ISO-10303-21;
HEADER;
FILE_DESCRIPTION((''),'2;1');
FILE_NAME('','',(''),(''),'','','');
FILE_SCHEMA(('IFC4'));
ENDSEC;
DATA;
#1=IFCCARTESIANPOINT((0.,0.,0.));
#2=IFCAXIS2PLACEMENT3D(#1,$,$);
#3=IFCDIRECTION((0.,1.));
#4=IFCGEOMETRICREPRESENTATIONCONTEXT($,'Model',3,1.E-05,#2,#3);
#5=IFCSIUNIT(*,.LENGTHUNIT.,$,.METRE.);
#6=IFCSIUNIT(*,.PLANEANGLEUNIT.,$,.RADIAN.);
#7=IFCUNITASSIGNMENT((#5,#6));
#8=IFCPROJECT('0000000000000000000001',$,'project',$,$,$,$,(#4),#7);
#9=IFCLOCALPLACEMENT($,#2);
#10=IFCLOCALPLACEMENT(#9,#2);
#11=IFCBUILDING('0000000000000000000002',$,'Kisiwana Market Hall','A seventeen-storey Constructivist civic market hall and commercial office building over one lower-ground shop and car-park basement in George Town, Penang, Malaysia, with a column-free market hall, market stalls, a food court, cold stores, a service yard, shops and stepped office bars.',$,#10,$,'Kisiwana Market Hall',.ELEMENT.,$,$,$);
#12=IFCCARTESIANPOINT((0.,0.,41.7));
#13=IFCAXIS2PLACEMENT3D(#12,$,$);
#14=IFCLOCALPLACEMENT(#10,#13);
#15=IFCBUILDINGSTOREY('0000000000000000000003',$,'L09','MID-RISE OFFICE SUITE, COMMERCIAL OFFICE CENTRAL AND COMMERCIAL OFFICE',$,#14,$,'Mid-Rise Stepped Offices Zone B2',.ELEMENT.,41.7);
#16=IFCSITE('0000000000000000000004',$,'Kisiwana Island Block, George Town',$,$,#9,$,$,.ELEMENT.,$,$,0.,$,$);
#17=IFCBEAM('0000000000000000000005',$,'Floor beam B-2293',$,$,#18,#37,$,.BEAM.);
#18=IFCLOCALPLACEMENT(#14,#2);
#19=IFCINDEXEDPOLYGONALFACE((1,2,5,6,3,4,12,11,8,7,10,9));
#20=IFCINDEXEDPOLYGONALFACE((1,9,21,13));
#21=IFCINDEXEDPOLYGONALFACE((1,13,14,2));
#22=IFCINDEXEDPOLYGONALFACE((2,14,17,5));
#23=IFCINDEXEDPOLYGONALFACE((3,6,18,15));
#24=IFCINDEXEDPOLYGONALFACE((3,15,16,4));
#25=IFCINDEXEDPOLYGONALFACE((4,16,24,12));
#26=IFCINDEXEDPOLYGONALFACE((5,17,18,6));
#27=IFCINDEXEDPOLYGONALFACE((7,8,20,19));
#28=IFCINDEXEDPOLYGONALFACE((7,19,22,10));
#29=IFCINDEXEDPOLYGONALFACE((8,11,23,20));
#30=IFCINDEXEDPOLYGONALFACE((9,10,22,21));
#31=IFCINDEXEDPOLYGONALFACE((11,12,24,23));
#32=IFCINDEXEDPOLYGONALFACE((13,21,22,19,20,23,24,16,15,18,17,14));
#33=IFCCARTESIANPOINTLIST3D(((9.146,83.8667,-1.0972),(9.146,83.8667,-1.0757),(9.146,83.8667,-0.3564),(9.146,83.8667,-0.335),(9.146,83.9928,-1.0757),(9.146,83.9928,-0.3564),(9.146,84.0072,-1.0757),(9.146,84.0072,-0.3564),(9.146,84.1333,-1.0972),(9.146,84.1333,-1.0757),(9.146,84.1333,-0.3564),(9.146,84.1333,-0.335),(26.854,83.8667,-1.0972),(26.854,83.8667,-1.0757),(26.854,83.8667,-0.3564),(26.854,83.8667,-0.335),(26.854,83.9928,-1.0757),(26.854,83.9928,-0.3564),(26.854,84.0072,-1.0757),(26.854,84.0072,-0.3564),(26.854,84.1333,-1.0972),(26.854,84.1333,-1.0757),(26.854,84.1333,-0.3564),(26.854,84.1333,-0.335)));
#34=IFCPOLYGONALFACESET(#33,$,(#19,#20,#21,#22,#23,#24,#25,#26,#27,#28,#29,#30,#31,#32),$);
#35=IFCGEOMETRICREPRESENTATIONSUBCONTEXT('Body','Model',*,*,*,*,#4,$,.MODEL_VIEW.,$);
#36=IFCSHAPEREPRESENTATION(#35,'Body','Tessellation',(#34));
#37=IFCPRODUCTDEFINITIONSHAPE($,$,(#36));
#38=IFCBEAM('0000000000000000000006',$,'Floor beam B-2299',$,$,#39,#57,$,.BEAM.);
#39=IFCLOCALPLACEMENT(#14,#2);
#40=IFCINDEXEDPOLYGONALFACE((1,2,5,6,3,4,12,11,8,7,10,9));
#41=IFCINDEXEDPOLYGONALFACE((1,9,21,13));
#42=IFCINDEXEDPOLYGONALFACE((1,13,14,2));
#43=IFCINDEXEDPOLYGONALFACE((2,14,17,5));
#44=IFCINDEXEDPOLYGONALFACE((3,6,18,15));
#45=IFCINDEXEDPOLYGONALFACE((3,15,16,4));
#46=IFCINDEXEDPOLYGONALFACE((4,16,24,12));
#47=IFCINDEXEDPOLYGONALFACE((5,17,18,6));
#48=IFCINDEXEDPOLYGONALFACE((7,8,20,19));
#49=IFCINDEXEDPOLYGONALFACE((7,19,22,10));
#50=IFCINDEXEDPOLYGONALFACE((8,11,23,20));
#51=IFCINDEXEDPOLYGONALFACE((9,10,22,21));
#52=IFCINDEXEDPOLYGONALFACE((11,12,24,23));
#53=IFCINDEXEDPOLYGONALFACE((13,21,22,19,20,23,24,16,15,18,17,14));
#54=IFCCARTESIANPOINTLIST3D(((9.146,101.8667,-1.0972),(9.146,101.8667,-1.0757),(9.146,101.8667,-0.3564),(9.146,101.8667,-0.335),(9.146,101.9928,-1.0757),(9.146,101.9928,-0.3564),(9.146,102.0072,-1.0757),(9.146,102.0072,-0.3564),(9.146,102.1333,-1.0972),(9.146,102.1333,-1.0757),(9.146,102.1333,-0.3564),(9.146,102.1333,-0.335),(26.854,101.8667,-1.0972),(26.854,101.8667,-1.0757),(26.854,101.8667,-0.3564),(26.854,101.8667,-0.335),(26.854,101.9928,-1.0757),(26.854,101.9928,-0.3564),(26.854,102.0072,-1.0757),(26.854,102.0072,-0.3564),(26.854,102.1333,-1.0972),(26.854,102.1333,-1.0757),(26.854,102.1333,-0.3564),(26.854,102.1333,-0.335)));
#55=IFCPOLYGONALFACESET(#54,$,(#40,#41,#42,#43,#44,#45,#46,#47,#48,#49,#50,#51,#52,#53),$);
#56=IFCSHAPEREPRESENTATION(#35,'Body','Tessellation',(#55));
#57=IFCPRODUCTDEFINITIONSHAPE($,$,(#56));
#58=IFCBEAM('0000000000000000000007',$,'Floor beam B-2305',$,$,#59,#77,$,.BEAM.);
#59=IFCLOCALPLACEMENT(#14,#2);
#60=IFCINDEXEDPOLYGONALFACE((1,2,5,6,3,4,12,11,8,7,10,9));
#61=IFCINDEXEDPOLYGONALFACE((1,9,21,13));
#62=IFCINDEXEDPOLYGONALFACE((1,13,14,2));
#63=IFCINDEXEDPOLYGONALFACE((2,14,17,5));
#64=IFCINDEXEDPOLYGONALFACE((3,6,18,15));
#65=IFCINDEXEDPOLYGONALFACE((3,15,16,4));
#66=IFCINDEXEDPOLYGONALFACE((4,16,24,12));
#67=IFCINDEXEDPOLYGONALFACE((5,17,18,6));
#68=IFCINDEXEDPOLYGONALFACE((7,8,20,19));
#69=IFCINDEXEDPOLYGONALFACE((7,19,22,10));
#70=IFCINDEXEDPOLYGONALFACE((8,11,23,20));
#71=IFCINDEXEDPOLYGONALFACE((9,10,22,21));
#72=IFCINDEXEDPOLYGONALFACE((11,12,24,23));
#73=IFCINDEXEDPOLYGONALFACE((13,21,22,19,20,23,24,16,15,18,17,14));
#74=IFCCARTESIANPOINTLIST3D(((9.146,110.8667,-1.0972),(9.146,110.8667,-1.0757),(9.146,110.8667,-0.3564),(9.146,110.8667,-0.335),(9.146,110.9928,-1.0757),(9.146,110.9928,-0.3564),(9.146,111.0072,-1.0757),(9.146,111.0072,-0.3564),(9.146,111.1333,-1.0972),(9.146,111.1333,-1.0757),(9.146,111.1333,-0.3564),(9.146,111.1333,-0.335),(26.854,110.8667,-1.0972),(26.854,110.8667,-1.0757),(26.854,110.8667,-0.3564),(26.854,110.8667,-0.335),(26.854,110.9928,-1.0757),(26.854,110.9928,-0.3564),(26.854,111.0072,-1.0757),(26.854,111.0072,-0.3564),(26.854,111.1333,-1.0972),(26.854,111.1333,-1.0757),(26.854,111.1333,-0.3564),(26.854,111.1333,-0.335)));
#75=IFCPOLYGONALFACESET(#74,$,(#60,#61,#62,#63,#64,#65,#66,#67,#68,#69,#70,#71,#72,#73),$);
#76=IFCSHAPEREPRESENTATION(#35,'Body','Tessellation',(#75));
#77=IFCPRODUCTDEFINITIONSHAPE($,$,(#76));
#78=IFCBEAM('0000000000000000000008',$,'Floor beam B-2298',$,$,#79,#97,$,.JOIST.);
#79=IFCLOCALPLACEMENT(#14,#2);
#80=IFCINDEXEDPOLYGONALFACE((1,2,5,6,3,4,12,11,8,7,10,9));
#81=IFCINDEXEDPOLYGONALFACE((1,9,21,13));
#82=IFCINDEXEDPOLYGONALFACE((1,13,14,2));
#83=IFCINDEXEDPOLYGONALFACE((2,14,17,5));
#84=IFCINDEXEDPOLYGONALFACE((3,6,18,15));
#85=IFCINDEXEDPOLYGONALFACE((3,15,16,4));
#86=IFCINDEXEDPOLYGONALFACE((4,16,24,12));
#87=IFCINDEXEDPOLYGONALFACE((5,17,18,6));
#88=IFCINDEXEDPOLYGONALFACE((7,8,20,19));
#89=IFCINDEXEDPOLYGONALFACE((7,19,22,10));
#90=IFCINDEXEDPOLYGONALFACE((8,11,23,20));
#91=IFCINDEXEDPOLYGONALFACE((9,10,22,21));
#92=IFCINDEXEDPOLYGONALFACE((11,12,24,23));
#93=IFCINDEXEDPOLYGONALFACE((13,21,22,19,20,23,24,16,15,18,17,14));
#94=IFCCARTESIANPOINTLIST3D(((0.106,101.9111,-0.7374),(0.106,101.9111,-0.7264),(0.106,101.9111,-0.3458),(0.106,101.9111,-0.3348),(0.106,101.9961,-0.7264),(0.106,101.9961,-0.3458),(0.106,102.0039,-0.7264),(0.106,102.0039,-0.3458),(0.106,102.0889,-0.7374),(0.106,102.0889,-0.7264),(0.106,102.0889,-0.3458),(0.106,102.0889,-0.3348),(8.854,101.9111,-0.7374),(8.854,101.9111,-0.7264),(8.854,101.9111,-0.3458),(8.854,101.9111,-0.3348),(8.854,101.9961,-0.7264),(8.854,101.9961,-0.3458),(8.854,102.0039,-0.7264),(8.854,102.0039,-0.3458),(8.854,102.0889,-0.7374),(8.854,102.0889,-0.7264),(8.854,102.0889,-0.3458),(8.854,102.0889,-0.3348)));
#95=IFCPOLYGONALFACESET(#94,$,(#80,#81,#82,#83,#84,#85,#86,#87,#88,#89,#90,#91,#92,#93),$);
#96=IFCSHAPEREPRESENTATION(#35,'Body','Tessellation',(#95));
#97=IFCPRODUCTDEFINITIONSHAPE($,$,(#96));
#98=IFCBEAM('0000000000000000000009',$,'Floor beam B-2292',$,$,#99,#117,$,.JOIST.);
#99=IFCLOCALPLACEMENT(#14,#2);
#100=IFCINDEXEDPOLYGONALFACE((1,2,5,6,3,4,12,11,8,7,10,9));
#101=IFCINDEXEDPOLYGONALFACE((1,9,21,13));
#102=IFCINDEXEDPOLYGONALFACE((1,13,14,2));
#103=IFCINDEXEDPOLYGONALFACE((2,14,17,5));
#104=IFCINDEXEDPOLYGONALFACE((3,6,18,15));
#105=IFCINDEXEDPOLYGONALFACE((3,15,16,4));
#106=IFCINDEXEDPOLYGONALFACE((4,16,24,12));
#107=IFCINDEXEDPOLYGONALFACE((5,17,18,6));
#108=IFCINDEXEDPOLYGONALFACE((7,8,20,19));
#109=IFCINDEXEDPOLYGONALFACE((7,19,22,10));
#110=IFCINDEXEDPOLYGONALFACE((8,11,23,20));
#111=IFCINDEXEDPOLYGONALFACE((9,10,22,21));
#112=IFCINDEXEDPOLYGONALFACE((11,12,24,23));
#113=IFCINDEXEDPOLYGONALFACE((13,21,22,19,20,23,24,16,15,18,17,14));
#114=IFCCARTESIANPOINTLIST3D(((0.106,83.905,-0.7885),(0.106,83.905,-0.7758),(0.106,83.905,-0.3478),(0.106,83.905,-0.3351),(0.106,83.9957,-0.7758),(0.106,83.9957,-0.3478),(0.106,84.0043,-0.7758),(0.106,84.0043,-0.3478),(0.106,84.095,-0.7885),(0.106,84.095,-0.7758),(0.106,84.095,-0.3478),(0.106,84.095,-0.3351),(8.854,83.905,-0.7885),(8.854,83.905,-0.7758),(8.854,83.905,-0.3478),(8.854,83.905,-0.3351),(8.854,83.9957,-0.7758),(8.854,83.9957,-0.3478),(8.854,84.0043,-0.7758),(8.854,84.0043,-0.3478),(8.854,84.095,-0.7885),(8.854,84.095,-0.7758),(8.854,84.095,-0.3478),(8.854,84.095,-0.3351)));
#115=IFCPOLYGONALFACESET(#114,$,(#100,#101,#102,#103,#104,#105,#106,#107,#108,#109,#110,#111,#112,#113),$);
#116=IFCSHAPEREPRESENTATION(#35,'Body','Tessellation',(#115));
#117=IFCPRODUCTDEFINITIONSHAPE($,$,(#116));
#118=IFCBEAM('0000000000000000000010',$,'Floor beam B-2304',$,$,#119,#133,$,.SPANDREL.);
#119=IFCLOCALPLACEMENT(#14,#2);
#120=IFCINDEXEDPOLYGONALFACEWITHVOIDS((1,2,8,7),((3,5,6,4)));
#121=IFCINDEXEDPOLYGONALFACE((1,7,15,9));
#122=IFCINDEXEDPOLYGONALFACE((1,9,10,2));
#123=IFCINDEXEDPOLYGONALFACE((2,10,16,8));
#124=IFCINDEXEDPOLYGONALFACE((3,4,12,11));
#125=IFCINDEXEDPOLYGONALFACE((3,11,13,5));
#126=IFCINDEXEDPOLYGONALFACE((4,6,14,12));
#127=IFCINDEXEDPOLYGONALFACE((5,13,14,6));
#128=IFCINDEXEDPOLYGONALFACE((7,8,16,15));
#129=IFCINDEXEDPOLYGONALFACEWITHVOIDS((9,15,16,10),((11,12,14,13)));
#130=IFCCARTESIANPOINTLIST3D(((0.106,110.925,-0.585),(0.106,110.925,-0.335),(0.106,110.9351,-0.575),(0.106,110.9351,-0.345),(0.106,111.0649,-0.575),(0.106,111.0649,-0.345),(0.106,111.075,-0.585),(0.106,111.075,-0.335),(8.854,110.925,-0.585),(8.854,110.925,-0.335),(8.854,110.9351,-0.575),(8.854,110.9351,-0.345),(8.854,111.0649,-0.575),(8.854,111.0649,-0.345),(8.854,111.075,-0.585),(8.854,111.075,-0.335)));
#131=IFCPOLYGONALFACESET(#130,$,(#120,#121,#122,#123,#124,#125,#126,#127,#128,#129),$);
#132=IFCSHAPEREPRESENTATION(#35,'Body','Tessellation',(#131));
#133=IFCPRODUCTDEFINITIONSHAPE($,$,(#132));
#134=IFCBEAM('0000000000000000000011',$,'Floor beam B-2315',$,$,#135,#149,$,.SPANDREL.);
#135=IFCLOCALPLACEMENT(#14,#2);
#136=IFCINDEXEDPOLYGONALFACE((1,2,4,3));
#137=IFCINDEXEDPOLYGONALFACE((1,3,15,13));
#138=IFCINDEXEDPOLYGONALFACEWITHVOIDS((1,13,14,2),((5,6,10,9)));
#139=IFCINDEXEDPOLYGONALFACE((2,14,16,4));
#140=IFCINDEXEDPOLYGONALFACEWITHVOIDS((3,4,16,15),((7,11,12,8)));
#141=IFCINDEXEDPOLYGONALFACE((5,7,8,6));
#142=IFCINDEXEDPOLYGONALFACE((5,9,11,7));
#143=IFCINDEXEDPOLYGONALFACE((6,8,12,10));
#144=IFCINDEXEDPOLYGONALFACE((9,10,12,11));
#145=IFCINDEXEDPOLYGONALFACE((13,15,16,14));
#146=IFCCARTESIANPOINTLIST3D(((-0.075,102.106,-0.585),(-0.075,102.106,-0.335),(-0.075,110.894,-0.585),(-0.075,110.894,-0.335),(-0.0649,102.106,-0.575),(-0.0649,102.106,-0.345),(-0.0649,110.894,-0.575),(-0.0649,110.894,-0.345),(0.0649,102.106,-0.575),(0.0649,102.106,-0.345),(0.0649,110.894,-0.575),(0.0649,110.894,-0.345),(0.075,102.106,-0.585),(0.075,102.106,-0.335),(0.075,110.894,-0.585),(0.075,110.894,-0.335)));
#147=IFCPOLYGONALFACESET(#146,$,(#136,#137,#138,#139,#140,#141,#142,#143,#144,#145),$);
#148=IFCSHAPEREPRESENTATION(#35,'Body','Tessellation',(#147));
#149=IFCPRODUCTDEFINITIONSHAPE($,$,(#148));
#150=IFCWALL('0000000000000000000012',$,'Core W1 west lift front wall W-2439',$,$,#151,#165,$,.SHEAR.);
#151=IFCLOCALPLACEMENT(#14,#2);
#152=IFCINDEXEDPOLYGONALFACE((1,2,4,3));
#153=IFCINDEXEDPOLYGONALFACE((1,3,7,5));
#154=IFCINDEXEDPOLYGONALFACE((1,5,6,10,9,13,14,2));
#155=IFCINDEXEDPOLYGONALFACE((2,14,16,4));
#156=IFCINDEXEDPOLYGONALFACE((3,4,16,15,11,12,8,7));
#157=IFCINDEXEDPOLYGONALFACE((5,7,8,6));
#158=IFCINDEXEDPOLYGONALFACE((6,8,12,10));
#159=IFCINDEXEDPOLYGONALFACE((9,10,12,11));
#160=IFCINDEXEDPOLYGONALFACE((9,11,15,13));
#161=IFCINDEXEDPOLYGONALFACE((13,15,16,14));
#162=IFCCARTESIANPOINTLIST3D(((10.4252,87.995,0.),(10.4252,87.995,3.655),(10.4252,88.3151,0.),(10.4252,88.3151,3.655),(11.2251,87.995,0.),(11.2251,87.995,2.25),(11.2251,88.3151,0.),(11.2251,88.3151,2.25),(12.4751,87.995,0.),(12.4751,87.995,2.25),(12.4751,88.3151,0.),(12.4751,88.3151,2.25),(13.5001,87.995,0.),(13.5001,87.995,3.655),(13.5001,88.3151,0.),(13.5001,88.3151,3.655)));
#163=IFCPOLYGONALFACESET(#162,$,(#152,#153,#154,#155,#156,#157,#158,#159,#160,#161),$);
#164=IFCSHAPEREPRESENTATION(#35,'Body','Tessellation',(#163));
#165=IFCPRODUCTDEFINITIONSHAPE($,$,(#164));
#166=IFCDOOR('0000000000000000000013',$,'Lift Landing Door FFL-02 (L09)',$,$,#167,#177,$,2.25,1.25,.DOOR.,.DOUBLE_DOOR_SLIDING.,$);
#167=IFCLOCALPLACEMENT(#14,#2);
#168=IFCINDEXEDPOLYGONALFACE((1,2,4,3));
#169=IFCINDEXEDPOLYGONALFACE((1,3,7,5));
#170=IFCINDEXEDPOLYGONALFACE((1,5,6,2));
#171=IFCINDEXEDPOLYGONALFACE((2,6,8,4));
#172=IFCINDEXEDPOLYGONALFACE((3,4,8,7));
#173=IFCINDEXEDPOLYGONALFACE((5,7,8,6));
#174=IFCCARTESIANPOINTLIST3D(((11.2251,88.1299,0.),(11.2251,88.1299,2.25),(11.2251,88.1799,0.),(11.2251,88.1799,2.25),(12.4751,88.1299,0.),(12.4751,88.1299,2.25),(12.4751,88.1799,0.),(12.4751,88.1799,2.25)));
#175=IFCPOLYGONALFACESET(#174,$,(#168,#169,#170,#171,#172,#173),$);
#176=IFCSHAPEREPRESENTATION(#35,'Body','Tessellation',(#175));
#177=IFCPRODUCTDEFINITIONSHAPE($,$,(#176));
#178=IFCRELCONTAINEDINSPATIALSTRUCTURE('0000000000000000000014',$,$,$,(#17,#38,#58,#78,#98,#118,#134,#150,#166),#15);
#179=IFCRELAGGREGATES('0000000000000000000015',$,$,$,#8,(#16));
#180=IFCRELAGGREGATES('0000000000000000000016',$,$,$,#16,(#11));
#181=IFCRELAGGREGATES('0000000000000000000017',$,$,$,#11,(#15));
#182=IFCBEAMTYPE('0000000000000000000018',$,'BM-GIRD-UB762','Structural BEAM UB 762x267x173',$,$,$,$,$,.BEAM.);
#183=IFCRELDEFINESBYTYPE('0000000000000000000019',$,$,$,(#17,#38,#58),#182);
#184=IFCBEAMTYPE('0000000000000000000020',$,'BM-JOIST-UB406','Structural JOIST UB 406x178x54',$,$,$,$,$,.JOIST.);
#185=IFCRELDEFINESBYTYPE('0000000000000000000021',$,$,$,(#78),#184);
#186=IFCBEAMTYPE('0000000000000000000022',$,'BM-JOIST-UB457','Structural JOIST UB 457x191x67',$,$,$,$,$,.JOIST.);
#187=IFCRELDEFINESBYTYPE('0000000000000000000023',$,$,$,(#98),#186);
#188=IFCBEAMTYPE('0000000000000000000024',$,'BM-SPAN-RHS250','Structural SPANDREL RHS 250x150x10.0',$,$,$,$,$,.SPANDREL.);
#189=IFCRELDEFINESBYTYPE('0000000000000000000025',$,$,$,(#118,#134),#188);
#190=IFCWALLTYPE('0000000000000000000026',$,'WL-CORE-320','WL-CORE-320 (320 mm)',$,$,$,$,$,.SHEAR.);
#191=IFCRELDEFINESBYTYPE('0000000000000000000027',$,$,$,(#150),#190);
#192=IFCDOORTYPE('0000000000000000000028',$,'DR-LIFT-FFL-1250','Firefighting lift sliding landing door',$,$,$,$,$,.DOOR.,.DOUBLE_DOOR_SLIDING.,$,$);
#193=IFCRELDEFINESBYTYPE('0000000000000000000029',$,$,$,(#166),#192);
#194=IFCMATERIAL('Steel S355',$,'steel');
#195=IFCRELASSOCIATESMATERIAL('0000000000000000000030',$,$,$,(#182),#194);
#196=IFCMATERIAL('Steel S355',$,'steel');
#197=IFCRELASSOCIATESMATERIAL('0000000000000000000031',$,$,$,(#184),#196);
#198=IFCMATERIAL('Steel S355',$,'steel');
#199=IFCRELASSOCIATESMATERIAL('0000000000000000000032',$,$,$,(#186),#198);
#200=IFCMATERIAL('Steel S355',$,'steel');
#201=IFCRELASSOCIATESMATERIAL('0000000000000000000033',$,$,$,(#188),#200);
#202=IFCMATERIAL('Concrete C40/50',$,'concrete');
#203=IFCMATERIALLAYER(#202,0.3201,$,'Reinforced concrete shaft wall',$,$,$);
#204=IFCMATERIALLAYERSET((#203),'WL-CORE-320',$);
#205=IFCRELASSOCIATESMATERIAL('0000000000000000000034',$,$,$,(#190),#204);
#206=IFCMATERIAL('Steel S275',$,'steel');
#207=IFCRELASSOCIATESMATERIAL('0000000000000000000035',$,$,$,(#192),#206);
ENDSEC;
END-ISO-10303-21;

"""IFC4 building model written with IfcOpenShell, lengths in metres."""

from ifc_helpers import new_model, si_unit, direction, frame, frame_2d, origin, origin_2d, place, context, subcontext, project, spatial, rectangle, hollow_rectangle, i_section, extrude, material, layer, layer_set, material_profile, profile_set, type_object, element, fill, save


model = new_model("IFC4")

# Units and contexts
model_context = context("Model", 3, precision=1e-05, world=origin(), true_north=direction((0.0, 1.0)))
body_context = subcontext(model_context, "Body", "Model", "MODEL_VIEW")
ifc_project = project(units=[si_unit("LENGTHUNIT", "METRE"), si_unit("PLANEANGLEUNIT", "RADIAN")], contexts=[model_context])

# Site, building, storey
site_placement = place(None, origin())
site = spatial("IfcSite", under=ifc_project, at=site_placement, Name="Kisiwana Island Block, George Town", CompositionType="ELEMENT", RefElevation=0.0)
building_placement = place(site_placement, origin())
building = spatial("IfcBuilding", under=site, at=building_placement, Name="Kisiwana Market Hall", Description="A seventeen-storey Constructivist civic market hall and commercial office building over one lower-ground shop and car-park basement in George Town, Penang, Malaysia, with a column-free market hall, market stalls, a food court, cold stores, a service yard, shops and stepped office bars.", LongName="Kisiwana Market Hall", CompositionType="ELEMENT")
storey_placement = place(building_placement, frame((0.0, 0.0, 41.7)))
storey = spatial("IfcBuildingStorey", under=building, at=storey_placement, Name="L09", Description="MID-RISE OFFICE SUITE, COMMERCIAL OFFICE CENTRAL AND COMMERCIAL OFFICE", LongName="Mid-Rise Stepped Offices Zone B2", CompositionType="ELEMENT", Elevation=41.7)

# Beams
ifc_material_1 = material(Name="Steel S355", Category="steel")
ifc_material_profile_1 = material_profile(ifc_material_1, i_section(OverallWidth=0.2666, OverallDepth=0.7622, WebThickness=0.0144, FlangeThickness=0.0215, at=origin_2d()), Name="UB 762x267x173")
ifc_profile_set_1 = profile_set([ifc_material_profile_1], Name="Steel S355")
beam_type_1 = type_object("IfcBeamType", Name="BM-GIRD-UB762", Description="Structural BEAM UB 762x267x173", PredefinedType="BEAM", material=ifc_profile_set_1)
for number, where, z_axis, x_axis, name in (
    (1, (9.146, 84.0, -0.7161), (1.0, 0.0, 0.0), (0.0, 1.0, 0.0), "Floor beam B-2293"),
    (2, (9.146, 102.0, -0.7161), (1.0, 0.0, 0.0), (0.0, 1.0, 0.0), "Floor beam B-2299"),
    (3, (9.146, 111.0, -0.7161), (1.0, 0.0, 0.0), (0.0, 1.0, 0.0), "Floor beam B-2305"),
):
    element("IfcBeam", number, at=place(storey_placement, frame(where, z_axis=z_axis, x_axis=x_axis)), inside=storey, type_object=beam_type_1, Name=name, PredefinedType="BEAM", context=body_context, shape_type="SweptSolid", body=[
        extrude(i_section(OverallWidth=0.2666, OverallDepth=0.7622, WebThickness=0.0144, FlangeThickness=0.0215, at=origin_2d()), origin(), (0.0, 0.0, 1.0), 17.708),
    ])
ifc_material_2 = material(Name="Steel S355", Category="steel")
ifc_material_profile_2 = material_profile(ifc_material_2, i_section(OverallWidth=0.1777, OverallDepth=0.4026, WebThickness=0.0078, FlangeThickness=0.011, at=origin_2d()), Name="UB 406x178x54")
ifc_profile_set_2 = profile_set([ifc_material_profile_2], Name="Steel S355")
beam_type_2 = type_object("IfcBeamType", Name="BM-JOIST-UB406", Description="Structural JOIST UB 406x178x54", PredefinedType="JOIST", material=ifc_profile_set_2)
beam_1_placement = place(storey_placement, frame((0.106, 102.0, -0.5361), z_axis=(1.0, 0.0, 0.0), x_axis=(0.0, 1.0, 0.0)))
element("IfcBeam", 4, at=beam_1_placement, inside=storey, type_object=beam_type_2, Name="Floor beam B-2298", PredefinedType="JOIST", context=body_context, shape_type="SweptSolid", body=[
    extrude(i_section(OverallWidth=0.1777, OverallDepth=0.4026, WebThickness=0.0078, FlangeThickness=0.011, at=origin_2d()), origin(), (0.0, 0.0, 1.0), 8.748),
])
ifc_material_3 = material(Name="Steel S355", Category="steel")
ifc_material_profile_3 = material_profile(ifc_material_3, i_section(OverallWidth=0.1899, OverallDepth=0.4534, WebThickness=0.0085, FlangeThickness=0.0127, at=origin_2d()), Name="UB 457x191x67")
ifc_profile_set_3 = profile_set([ifc_material_profile_3], Name="Steel S355")
beam_type_3 = type_object("IfcBeamType", Name="BM-JOIST-UB457", Description="Structural JOIST UB 457x191x67", PredefinedType="JOIST", material=ifc_profile_set_3)
beam_2_placement = place(storey_placement, frame((0.106, 84.0, -0.5618), z_axis=(1.0, 0.0, 0.0), x_axis=(0.0, 1.0, 0.0)))
element("IfcBeam", 5, at=beam_2_placement, inside=storey, type_object=beam_type_3, Name="Floor beam B-2292", PredefinedType="JOIST", context=body_context, shape_type="SweptSolid", body=[
    extrude(i_section(OverallWidth=0.1899, OverallDepth=0.4534, WebThickness=0.0085, FlangeThickness=0.0127, at=origin_2d()), origin(), (0.0, 0.0, 1.0), 8.748),
])
ifc_material_4 = material(Name="Steel S355", Category="steel")
ifc_material_profile_4 = material_profile(ifc_material_4, hollow_rectangle(XDim=0.1499, YDim=0.25, WallThickness=0.01, at=origin_2d()), Name="RHS 250x150x10.0")
ifc_profile_set_4 = profile_set([ifc_material_profile_4], Name="Steel S355")
beam_type_4 = type_object("IfcBeamType", Name="BM-SPAN-RHS250", Description="Structural SPANDREL RHS 250x150x10.0", PredefinedType="SPANDREL", material=ifc_profile_set_4)
beam_3_placement = place(storey_placement, frame((0.106, 111.0, -0.46), z_axis=(1.0, 0.0, 0.0), x_axis=(0.0, 1.0, 0.0)))
element("IfcBeam", 6, at=beam_3_placement, inside=storey, type_object=beam_type_4, Name="Floor beam B-2304", PredefinedType="SPANDREL", context=body_context, shape_type="SweptSolid", body=[
    extrude(hollow_rectangle(XDim=0.1499, YDim=0.25, WallThickness=0.01, at=origin_2d()), origin(), (0.0, 0.0, 1.0), 8.748),
])
beam_4_placement = place(storey_placement, frame((0.0, 102.106, -0.46), z_axis=(0.0, 1.0, 0.0), x_axis=(-1.0, 0.0, 0.0)))
element("IfcBeam", 7, at=beam_4_placement, inside=storey, type_object=beam_type_4, Name="Floor beam B-2315", PredefinedType="SPANDREL", context=body_context, shape_type="SweptSolid", body=[
    extrude(hollow_rectangle(XDim=0.1499, YDim=0.25, WallThickness=0.01, at=origin_2d()), origin(), (0.0, 0.0, 1.0), 8.7881),
])

# Wall, opening, door
ifc_material_5 = material(Name="Concrete C40/50", Category="concrete")
ifc_layer_1 = layer(ifc_material_5, 0.3201, Name="Reinforced concrete shaft wall")
ifc_layer_set_1 = layer_set([ifc_layer_1], Name="WL-CORE-320")
wall_type_1 = type_object("IfcWallType", Name="WL-CORE-320", Description="WL-CORE-320 (320 mm)", PredefinedType="SHEAR", material=ifc_layer_set_1)
wall_1_placement = place(storey_placement, frame((10.425, 88.155, 0.0), z_axis=(0.0, 0.0, 1.0), x_axis=(1.0, 0.0, 0.0)))
wall_1 = element("IfcWall", 8, at=wall_1_placement, inside=storey, type_object=wall_type_1, Name="Core W1 west lift front wall W-2439", PredefinedType="SHEAR", context=body_context, shape_type="SweptSolid", body=[
    extrude(rectangle(XDim=3.075, YDim=0.3201, at=frame_2d((1.5376, 0.0))), origin(), (0.0, 0.0, 1.0), 3.655),
])
opening_1_placement = place(wall_1_placement, frame((0.8, 0.0, 0.0)))
opening_1 = element("IfcOpeningElement", 9, at=opening_1_placement, cuts=wall_1, PredefinedType="OPENING", context=body_context, shape_type="SweptSolid", body=[
    extrude(rectangle(XDim=1.25, YDim=2.25, at=frame_2d((0.625, 1.125))), frame((0.0, 0.1719, 0.0), z_axis=(0.0, -1.0, 0.0), x_axis=(1.0, 0.0, 0.0)), (0.0, 0.0, 1.0), 0.344),
])
ifc_material_6 = material(Name="Steel S275", Category="steel")
door_type_1 = type_object("IfcDoorType", Name="DR-LIFT-FFL-1250", Description="Firefighting lift sliding landing door", OperationType="DOUBLE_DOOR_SLIDING", PredefinedType="DOOR", material=ifc_material_6)
door_1_placement = place(opening_1_placement, origin())
door_1 = element("IfcDoor", 10, at=door_1_placement, inside=storey, type_object=door_type_1, Name="Lift Landing Door FFL-02 (L09)", OperationType="DOUBLE_DOOR_SLIDING", OverallHeight=2.25, OverallWidth=1.25, PredefinedType="DOOR", context=body_context, shape_type="SweptSolid", body=[
    extrude(rectangle(XDim=1.25, YDim=2.25, at=frame_2d((0.625, 1.125))), frame((0.0, 0.0249, 0.0), z_axis=(0.0, -1.0, 0.0), x_axis=(1.0, 0.0, 0.0)), (0.0, 0.0, 1.0), 0.05),
])
fill(opening_1, door_1)

save(model, "model.ifc")
